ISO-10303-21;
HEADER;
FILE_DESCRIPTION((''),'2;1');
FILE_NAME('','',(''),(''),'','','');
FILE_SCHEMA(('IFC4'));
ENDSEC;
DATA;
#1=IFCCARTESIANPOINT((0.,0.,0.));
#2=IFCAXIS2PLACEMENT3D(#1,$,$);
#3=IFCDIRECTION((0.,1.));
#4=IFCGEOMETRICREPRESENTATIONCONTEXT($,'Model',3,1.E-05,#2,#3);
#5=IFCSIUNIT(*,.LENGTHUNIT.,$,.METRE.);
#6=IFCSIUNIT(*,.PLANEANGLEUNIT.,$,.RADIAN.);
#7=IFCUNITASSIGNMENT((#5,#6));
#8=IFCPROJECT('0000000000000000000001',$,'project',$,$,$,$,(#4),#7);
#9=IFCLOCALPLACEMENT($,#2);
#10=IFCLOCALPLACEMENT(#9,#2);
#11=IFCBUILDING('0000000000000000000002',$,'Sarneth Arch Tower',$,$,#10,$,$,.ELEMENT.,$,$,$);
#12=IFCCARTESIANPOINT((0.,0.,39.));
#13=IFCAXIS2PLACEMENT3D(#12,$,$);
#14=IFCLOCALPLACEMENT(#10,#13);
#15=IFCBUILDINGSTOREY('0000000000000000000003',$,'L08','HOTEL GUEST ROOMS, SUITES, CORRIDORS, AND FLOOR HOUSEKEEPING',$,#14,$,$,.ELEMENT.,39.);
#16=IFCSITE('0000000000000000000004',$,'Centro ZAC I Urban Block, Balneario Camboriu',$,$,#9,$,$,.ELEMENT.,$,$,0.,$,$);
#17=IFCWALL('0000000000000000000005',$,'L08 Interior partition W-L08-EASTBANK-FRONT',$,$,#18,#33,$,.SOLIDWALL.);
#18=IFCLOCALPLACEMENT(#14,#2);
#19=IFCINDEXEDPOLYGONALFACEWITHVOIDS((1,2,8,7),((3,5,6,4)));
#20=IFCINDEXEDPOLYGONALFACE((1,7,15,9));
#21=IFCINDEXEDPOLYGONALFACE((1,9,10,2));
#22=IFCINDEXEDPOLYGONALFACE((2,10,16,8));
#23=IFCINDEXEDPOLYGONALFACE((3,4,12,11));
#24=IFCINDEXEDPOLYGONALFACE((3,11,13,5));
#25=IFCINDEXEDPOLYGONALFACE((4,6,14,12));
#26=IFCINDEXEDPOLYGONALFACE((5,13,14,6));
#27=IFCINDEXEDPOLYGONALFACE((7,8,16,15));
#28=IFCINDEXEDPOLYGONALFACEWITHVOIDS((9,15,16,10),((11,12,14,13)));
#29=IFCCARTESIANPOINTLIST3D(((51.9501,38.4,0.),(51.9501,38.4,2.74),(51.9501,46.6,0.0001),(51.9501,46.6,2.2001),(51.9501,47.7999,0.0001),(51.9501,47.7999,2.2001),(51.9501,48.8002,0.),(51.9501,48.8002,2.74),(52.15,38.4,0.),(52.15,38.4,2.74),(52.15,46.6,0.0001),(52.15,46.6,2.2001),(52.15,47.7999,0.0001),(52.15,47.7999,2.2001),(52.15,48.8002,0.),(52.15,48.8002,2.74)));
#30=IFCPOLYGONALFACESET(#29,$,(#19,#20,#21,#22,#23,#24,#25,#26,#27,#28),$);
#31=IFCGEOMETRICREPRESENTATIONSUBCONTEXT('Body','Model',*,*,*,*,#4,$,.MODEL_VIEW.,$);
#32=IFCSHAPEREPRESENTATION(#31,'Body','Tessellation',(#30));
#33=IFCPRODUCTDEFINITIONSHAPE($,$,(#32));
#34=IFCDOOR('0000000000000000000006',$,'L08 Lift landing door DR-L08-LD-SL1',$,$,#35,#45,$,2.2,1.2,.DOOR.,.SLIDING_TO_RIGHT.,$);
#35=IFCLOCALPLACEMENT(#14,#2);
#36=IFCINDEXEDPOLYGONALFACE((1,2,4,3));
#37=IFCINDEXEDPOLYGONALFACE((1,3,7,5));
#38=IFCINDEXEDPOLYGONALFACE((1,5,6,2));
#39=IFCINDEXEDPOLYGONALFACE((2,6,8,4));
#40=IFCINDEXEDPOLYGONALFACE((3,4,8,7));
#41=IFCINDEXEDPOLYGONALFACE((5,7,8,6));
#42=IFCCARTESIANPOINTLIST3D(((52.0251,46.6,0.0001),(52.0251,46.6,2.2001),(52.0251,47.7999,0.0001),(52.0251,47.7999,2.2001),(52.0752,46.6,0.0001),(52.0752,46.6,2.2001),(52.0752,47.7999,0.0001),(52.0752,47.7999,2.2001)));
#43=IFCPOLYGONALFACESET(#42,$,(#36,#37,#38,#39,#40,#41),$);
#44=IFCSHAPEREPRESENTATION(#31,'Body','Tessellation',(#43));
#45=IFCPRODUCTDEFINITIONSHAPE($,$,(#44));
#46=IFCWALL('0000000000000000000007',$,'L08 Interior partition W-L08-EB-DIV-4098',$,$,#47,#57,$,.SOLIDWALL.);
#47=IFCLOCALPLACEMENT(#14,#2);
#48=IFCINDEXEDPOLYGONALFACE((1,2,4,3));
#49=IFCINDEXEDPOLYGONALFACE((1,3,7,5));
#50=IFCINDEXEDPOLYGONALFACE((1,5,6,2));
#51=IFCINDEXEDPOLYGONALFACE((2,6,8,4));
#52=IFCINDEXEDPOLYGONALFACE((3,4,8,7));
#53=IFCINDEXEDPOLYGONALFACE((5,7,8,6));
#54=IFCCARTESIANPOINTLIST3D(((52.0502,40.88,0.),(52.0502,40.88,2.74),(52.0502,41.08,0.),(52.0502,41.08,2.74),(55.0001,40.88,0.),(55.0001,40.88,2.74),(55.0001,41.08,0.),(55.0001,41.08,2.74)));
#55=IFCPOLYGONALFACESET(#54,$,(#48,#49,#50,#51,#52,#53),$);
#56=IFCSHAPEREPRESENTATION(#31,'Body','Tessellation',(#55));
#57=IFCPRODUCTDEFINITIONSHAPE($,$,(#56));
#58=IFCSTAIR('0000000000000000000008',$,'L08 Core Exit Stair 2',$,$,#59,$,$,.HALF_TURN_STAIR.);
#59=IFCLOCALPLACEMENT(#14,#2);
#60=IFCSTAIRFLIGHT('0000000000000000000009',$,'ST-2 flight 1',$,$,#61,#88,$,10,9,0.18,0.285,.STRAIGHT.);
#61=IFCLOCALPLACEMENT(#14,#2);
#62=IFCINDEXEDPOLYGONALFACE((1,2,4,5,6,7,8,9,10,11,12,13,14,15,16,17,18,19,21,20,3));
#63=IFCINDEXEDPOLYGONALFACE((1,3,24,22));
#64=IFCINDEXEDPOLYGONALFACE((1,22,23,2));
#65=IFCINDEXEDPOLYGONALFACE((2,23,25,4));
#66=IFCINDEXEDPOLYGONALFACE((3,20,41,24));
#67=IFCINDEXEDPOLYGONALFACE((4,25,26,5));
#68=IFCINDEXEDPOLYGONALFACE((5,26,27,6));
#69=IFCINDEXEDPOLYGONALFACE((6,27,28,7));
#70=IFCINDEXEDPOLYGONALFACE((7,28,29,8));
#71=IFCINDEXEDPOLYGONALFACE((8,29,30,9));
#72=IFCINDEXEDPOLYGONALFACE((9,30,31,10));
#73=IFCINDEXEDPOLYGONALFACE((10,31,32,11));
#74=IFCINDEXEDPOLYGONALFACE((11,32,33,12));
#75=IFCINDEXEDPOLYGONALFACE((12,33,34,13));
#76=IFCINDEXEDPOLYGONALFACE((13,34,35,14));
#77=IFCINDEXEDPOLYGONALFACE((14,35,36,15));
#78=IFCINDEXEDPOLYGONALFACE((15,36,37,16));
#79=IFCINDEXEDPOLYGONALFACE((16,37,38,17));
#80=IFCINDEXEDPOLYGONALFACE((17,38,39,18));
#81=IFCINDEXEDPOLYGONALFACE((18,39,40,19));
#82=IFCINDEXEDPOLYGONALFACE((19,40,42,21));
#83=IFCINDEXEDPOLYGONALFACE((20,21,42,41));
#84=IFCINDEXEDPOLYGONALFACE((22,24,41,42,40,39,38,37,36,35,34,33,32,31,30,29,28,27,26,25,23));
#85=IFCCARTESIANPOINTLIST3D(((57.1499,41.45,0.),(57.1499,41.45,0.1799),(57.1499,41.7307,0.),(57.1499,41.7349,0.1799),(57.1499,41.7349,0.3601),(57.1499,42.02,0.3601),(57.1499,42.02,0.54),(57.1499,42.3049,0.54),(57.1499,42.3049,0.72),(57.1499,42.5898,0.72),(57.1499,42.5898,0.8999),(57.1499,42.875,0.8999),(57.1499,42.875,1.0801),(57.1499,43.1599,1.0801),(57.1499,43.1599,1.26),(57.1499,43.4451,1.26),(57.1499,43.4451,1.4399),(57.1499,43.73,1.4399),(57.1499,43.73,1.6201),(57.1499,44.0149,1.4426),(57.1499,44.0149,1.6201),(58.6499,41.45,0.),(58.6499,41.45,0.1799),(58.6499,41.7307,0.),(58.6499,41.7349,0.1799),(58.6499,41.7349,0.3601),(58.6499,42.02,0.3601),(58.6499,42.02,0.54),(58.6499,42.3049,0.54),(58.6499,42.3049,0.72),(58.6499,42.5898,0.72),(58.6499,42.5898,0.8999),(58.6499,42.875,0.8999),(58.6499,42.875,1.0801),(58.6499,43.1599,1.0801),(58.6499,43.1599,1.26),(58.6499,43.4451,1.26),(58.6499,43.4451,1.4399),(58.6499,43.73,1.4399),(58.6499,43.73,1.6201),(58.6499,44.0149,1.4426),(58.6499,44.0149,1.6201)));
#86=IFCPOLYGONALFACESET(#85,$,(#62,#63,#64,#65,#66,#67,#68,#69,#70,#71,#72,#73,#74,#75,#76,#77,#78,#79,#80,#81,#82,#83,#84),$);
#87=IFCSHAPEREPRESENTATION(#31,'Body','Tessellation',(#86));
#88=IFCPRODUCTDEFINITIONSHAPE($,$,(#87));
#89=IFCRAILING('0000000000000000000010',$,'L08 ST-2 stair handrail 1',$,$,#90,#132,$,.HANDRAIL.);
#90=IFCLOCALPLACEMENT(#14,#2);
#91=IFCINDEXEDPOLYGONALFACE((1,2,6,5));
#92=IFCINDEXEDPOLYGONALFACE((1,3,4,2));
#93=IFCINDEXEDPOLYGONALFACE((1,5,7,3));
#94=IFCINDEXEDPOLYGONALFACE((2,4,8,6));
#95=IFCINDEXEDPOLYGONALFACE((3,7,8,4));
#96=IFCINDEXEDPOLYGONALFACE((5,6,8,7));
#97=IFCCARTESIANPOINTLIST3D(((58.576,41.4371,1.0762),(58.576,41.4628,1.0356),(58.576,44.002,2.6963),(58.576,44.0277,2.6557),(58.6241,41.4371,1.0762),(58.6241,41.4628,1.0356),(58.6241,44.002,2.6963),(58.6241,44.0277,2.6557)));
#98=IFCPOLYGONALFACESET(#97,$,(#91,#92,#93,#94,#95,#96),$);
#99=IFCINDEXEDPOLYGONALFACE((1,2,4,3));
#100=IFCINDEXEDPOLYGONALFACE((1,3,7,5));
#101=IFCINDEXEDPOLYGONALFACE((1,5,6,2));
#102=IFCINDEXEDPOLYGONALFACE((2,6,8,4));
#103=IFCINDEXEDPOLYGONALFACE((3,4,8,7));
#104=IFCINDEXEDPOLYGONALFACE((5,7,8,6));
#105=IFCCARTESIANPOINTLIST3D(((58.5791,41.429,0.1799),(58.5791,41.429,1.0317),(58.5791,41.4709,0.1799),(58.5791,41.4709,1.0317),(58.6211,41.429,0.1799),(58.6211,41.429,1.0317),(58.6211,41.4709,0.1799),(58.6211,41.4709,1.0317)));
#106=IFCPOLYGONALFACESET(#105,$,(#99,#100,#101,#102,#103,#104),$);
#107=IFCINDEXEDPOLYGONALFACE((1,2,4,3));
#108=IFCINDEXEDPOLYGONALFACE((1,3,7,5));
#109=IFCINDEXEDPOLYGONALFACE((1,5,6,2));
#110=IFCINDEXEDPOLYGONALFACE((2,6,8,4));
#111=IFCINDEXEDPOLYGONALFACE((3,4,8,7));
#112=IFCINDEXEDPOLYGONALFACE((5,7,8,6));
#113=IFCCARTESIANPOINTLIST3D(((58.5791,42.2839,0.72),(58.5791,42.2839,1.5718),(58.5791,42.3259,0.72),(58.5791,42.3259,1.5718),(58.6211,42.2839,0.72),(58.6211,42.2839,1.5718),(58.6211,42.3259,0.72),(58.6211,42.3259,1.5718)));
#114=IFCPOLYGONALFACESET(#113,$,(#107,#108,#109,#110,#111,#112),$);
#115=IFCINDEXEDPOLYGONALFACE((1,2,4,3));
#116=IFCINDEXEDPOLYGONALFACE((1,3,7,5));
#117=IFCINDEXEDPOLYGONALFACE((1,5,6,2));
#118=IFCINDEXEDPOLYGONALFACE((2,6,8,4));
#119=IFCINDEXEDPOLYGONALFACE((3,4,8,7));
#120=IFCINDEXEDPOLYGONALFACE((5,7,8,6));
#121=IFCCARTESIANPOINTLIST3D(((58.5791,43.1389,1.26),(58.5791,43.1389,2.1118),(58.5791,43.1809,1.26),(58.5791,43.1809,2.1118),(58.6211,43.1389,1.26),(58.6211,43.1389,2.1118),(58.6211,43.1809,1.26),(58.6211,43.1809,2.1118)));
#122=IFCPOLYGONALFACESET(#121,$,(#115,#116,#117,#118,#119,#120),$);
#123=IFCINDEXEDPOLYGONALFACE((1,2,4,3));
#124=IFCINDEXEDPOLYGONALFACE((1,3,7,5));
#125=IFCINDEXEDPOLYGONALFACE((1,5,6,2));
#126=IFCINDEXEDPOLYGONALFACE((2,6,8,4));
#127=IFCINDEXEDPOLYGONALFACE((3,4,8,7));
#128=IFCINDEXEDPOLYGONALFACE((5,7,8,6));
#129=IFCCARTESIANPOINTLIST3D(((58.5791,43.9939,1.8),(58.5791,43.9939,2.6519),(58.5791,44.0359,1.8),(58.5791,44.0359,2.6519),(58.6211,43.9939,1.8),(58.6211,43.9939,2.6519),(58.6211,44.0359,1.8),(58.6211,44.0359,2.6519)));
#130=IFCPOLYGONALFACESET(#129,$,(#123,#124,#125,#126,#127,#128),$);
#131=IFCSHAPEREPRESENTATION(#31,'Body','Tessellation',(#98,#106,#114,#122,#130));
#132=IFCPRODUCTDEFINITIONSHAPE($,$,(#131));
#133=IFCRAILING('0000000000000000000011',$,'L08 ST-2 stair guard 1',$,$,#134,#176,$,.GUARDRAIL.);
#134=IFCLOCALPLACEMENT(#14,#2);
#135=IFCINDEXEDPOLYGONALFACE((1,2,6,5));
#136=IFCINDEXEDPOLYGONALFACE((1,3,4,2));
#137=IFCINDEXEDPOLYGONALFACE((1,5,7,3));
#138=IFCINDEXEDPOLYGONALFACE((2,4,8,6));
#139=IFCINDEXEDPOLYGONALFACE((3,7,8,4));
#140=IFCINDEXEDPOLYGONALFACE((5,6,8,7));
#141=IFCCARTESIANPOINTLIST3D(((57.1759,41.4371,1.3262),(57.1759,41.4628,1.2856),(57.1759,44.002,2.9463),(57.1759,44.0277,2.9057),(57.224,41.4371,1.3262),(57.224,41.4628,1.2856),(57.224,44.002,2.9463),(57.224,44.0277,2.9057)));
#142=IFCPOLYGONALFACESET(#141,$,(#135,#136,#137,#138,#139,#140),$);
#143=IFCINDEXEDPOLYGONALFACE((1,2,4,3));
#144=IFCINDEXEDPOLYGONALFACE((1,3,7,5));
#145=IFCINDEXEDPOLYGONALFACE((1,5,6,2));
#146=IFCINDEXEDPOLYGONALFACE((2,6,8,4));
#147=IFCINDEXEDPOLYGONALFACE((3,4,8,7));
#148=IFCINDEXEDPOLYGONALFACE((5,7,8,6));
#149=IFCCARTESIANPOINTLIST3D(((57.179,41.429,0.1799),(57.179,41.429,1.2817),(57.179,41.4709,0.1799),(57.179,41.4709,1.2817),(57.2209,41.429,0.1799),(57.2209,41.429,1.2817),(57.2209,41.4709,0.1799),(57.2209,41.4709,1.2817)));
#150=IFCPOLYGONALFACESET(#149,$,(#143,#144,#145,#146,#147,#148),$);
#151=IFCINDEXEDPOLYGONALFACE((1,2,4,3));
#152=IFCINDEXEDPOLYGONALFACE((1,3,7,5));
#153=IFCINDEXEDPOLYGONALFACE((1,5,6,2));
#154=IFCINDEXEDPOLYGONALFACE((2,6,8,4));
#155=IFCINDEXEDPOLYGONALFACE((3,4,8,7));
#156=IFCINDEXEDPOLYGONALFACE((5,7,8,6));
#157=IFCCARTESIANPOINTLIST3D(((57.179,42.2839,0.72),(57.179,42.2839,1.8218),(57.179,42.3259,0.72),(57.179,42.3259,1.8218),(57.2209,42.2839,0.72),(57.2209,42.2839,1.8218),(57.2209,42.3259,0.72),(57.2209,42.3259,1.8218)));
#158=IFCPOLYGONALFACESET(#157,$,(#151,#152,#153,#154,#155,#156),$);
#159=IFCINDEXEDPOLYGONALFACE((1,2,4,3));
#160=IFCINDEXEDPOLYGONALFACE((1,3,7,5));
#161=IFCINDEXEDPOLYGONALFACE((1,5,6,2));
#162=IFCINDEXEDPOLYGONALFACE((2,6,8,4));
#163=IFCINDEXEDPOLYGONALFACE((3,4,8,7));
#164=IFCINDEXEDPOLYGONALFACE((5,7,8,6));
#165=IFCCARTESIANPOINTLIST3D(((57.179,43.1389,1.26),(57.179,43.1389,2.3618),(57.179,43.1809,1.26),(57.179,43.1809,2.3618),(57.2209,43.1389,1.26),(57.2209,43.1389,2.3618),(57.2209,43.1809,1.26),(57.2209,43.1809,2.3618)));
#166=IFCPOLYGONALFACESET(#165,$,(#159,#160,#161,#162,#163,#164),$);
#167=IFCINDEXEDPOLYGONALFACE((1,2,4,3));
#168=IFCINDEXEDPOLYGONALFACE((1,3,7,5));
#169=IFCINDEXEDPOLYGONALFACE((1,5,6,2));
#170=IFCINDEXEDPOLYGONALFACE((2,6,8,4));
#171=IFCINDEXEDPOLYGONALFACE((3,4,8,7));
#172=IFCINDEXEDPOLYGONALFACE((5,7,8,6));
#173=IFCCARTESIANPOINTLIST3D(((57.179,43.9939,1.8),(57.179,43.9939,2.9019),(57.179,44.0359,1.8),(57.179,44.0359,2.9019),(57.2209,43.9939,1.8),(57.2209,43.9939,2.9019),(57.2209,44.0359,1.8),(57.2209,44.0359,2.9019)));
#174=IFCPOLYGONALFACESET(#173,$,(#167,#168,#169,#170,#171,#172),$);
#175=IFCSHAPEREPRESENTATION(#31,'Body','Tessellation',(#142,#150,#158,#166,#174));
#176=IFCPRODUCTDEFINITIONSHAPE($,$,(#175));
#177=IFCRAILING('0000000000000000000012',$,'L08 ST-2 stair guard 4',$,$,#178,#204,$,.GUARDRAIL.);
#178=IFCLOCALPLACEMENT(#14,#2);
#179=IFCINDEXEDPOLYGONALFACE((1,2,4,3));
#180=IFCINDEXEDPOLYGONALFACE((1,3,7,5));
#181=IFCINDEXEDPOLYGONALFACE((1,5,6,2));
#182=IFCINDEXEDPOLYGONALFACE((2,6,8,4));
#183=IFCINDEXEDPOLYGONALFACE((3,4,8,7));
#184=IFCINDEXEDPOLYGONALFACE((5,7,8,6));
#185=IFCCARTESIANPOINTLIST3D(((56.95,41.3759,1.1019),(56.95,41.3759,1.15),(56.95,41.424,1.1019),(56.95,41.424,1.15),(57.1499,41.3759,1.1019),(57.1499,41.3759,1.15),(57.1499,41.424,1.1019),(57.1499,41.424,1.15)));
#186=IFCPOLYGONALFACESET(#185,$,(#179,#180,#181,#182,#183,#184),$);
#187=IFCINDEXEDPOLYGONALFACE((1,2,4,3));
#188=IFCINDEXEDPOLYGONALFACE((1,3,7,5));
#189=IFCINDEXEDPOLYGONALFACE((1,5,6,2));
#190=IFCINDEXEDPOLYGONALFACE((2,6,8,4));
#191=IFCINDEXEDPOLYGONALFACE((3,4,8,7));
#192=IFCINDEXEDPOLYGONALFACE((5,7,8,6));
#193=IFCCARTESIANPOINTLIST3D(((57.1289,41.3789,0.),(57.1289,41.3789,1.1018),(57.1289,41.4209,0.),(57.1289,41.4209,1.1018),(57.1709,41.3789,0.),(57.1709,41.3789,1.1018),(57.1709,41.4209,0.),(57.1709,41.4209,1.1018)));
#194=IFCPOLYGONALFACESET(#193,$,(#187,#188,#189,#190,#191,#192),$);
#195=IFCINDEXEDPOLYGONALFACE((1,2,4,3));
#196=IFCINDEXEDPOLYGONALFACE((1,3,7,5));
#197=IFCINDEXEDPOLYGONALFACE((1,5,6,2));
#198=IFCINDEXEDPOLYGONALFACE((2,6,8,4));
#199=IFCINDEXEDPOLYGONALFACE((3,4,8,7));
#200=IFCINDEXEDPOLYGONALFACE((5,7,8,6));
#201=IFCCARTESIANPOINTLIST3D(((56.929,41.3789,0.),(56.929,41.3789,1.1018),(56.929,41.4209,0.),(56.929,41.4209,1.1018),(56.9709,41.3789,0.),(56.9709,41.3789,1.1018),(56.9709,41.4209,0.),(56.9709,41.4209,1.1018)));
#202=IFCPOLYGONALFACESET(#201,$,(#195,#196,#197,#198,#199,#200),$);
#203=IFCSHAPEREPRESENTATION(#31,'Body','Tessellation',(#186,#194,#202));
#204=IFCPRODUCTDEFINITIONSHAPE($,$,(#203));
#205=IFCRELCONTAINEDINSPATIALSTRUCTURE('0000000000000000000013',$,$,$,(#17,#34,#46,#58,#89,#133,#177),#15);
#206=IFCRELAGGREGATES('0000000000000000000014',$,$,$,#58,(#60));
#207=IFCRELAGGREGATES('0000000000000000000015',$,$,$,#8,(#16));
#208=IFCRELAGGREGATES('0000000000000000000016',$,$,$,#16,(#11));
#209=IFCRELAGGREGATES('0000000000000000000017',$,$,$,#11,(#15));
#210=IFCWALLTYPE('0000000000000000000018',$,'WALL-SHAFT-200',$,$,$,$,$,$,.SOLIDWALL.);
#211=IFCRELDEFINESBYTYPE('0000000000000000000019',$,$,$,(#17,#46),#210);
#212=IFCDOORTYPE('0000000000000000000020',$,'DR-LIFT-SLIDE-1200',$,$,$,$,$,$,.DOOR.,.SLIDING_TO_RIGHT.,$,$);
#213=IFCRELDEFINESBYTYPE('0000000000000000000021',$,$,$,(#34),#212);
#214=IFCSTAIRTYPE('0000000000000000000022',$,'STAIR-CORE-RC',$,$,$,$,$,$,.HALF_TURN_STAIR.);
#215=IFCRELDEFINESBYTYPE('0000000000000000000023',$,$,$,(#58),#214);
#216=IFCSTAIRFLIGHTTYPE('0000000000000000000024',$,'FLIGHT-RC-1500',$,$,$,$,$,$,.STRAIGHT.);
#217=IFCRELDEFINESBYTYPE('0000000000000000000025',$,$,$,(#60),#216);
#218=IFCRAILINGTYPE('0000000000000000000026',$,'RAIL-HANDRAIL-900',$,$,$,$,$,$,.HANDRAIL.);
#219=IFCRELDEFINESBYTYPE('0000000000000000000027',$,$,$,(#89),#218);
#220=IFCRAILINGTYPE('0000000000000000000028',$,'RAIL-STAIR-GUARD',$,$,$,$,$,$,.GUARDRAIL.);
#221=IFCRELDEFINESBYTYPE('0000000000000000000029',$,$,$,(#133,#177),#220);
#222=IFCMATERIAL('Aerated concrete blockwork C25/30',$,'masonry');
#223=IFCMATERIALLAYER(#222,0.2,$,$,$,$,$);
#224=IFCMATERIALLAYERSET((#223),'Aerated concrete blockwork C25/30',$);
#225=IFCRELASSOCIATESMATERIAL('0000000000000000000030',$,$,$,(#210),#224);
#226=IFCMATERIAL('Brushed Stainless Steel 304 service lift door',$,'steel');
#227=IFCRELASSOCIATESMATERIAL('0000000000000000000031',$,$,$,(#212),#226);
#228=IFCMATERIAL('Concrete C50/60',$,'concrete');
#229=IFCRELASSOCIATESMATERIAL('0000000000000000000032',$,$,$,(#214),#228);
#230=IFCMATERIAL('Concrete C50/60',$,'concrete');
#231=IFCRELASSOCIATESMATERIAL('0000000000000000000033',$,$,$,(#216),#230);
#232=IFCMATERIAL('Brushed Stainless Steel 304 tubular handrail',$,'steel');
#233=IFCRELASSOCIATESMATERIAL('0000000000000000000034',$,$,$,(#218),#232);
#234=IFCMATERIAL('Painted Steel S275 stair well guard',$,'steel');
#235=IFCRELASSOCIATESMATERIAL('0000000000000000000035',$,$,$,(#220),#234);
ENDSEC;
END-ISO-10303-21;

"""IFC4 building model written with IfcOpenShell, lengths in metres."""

from ifc_helpers import new_model, si_unit, direction, frame, frame_2d, origin, origin_2d, place, context, subcontext, project, spatial, polyline, rectangle, outline, extrude, material, layer, layer_set, type_object, element, fill, aggregate, save


model = new_model("IFC4")

# Units and contexts
model_context = context("Model", 3, precision=1e-05, world=origin(), true_north=direction((0.0, 1.0)))
body_context = subcontext(model_context, "Body", "Model", "MODEL_VIEW")
ifc_project = project(units=[si_unit("LENGTHUNIT", "METRE"), si_unit("PLANEANGLEUNIT", "RADIAN")], contexts=[model_context])

# Site, building, storey
site_placement = place(None, origin())
site = spatial("IfcSite", under=ifc_project, at=site_placement, Name="Centro ZAC I Urban Block, Balneario Camboriu", CompositionType="ELEMENT", RefElevation=0.0)
building_placement = place(site_placement, origin())
building = spatial("IfcBuilding", under=site, at=building_placement, Name="Sarneth Arch Tower", CompositionType="ELEMENT")
storey_placement = place(building_placement, frame((0.0, 0.0, 39.0)))
storey = spatial("IfcBuildingStorey", under=building, at=storey_placement, Name="L08", Description="HOTEL GUEST ROOMS, SUITES, CORRIDORS, AND FLOOR HOUSEKEEPING", CompositionType="ELEMENT", Elevation=39.0)

# Shared definitions
ifc_material_1 = material(Name="Aerated concrete blockwork C25/30", Category="masonry")
ifc_layer_1 = layer(ifc_material_1, 0.2)
ifc_layer_set_1 = layer_set([ifc_layer_1], Name="Aerated concrete blockwork C25/30")
wall_type_1 = type_object("IfcWallType", Name="WALL-SHAFT-200", PredefinedType="SOLIDWALL", material=ifc_layer_set_1)

# Wall, opening, door
wall_1_placement = place(storey_placement, frame((52.05, 38.3999, 0.0), z_axis=(0.0, 0.0, 1.0), x_axis=(0.0, 1.0, 0.0)))
wall_1 = element("IfcWall", 1, at=wall_1_placement, inside=storey, type_object=wall_type_1, Name="L08 Interior partition W-L08-EASTBANK-FRONT", PredefinedType="SOLIDWALL", context=body_context, shape_type="SweptSolid", body=[
    extrude(rectangle(XDim=10.4001, YDim=0.2, at=frame_2d((5.2002, 0.0))), origin(), (0.0, 0.0, 1.0), 2.74),
])
opening_1_placement = place(wall_1_placement, frame((8.2, 0.0, 0.0)))
opening_1 = element("IfcOpeningElement", 2, at=opening_1_placement, cuts=wall_1, PredefinedType="OPENING", context=body_context, shape_type="SweptSolid", body=[
    extrude(rectangle(XDim=1.2, YDim=2.2, at=frame_2d((0.6001, 1.1001))), frame((0.0, 0.1099, 0.0), z_axis=(0.0, -1.0, 0.0), x_axis=(1.0, 0.0, 0.0)), (0.0, 0.0, 1.0), 0.22),
])
ifc_material_2 = material(Name="Brushed Stainless Steel 304 service lift door", Category="steel")
door_type_1 = type_object("IfcDoorType", Name="DR-LIFT-SLIDE-1200", OperationType="SLIDING_TO_RIGHT", PredefinedType="DOOR", material=ifc_material_2)
door_1_placement = place(opening_1_placement, origin())
door_1 = element("IfcDoor", 3, at=door_1_placement, inside=storey, type_object=door_type_1, Name="L08 Lift landing door DR-L08-LD-SL1", OperationType="SLIDING_TO_RIGHT", OverallHeight=2.2, OverallWidth=1.2, PredefinedType="DOOR", context=body_context, shape_type="SweptSolid", body=[
    extrude(rectangle(XDim=1.2, YDim=2.2, at=frame_2d((0.6001, 1.1001))), frame((0.0, 0.0249, 0.0), z_axis=(0.0, -1.0, 0.0), x_axis=(1.0, 0.0, 0.0)), (0.0, 0.0, 1.0), 0.05),
])
fill(opening_1, door_1)

# Wall
wall_2_placement = place(storey_placement, frame((52.05, 40.98, 0.0), z_axis=(0.0, 0.0, 1.0), x_axis=(1.0, 0.0, 0.0)))
element("IfcWall", 4, at=wall_2_placement, inside=storey, type_object=wall_type_1, Name="L08 Interior partition W-L08-EB-DIV-4098", PredefinedType="SOLIDWALL", context=body_context, shape_type="SweptSolid", body=[
    extrude(rectangle(XDim=2.95, YDim=0.2, at=frame_2d((1.4751, 0.0))), origin(), (0.0, 0.0, 1.0), 2.74),
])

# Stair, stair flight
ifc_material_3 = material(Name="Concrete C50/60", Category="concrete")
stair_type = type_object("IfcStairType", Name="STAIR-CORE-RC", PredefinedType="HALF_TURN_STAIR", material=ifc_material_3)
stair_placement = place(storey_placement, origin())
stair = element("IfcStair", 5, at=stair_placement, inside=storey, type_object=stair_type, Name="L08 Core Exit Stair 2", PredefinedType="HALF_TURN_STAIR")
ifc_material_4 = material(Name="Concrete C50/60", Category="concrete")
stair_flight_type = type_object("IfcStairFlightType", Name="FLIGHT-RC-1500", PredefinedType="STRAIGHT", material=ifc_material_4)
stair_flight_placement = place(storey_placement, frame((57.8999, 41.45, 0.0), z_axis=(0.0, 0.0, 1.0), x_axis=(0.0, 1.0, 0.0)))
stair_flight = element("IfcStairFlight", 6, at=stair_flight_placement, type_object=stair_flight_type, Name="ST-2 flight 1", NumberOfRisers=10, NumberOfTreads=9, PredefinedType="STRAIGHT", RiserHeight=0.18, TreadLength=0.285, context=body_context, shape_type="SweptSolid", body=[
    extrude(outline(polyline([(0.0, 0.0), (0.0, 0.1799), (0.2849, 0.1799), (0.2849, 0.3601), (0.5701, 0.3601), (0.5701, 0.54), (0.855, 0.54), (0.855, 0.72), (1.1399, 0.72), (1.1399, 0.8999), (1.425, 0.8999), (1.425, 1.0801), (1.71, 1.0801), (1.71, 1.26), (1.9951, 1.26), (1.9951, 1.4399), (2.28, 1.4399), (2.28, 1.6201), (2.5649, 1.6201), (2.5649, 1.8), (2.5649, 1.4426), (0.2808, 0.0), (0.0, 0.0)])), frame((0.0, 0.75, 0.0), z_axis=(0.0, -1.0, 0.0), x_axis=(1.0, 0.0, 0.0)), (0.0, 0.0, 1.0), 1.5),
])
aggregate(stair, [stair_flight])

# Railings
ifc_material_5 = material(Name="Brushed Stainless Steel 304 tubular handrail", Category="steel")
railing_type_1 = type_object("IfcRailingType", Name="RAIL-HANDRAIL-900", PredefinedType="HANDRAIL", material=ifc_material_5)
railing_1_placement = place(storey_placement, frame((58.6001, 41.45, 0.1799)))
element("IfcRailing", 7, at=railing_1_placement, inside=storey, type_object=railing_type_1, Name="L08 ST-2 stair handrail 1", PredefinedType="HANDRAIL", context=body_context, shape_type="SweptSolid", body=[
    extrude(rectangle(XDim=0.0481, YDim=0.0481, at=origin_2d()), frame((0.0, 0.0, 0.876), z_axis=(0.0, 0.845466, 0.534029), x_axis=(-1.0, 0.0, 0.0)), (0.0, 0.0, 1.0), 3.0337),
    extrude(rectangle(XDim=0.042, YDim=0.042, at=origin_2d()), origin(), (0.0, 0.0, 1.0), 0.8518),
    extrude(rectangle(XDim=0.042, YDim=0.042, at=origin_2d()), frame((0.0, 0.855, 0.54)), (0.0, 0.0, 1.0), 0.8518),
    extrude(rectangle(XDim=0.042, YDim=0.042, at=origin_2d()), frame((0.0, 1.71, 1.0801)), (0.0, 0.0, 1.0), 0.8518),
    extrude(rectangle(XDim=0.042, YDim=0.042, at=origin_2d()), frame((0.0, 2.5649, 1.6201)), (0.0, 0.0, 1.0), 0.8518),
])
ifc_material_6 = material(Name="Painted Steel S275 stair well guard", Category="steel")
railing_type_2 = type_object("IfcRailingType", Name="RAIL-STAIR-GUARD", PredefinedType="GUARDRAIL", material=ifc_material_6)
railing_2_placement = place(storey_placement, frame((57.2, 41.45, 0.1799)))
element("IfcRailing", 8, at=railing_2_placement, inside=storey, type_object=railing_type_2, Name="L08 ST-2 stair guard 1", PredefinedType="GUARDRAIL", context=body_context, shape_type="SweptSolid", body=[
    extrude(rectangle(XDim=0.0481, YDim=0.0481, at=origin_2d()), frame((0.0, 0.0, 1.126), z_axis=(0.0, 0.845466, 0.534029), x_axis=(-1.0, 0.0, 0.0)), (0.0, 0.0, 1.0), 3.0337),
    extrude(rectangle(XDim=0.042, YDim=0.042, at=origin_2d()), origin(), (0.0, 0.0, 1.0), 1.1018),
    extrude(rectangle(XDim=0.042, YDim=0.042, at=origin_2d()), frame((0.0, 0.855, 0.54)), (0.0, 0.0, 1.0), 1.1018),
    extrude(rectangle(XDim=0.042, YDim=0.042, at=origin_2d()), frame((0.0, 1.71, 1.0801)), (0.0, 0.0, 1.0), 1.1018),
    extrude(rectangle(XDim=0.042, YDim=0.042, at=origin_2d()), frame((0.0, 2.5649, 1.6201)), (0.0, 0.0, 1.0), 1.1018),
])
railing_3_placement = place(storey_placement, frame((57.1499, 41.3999, 0.0)))
element("IfcRailing", 9, at=railing_3_placement, inside=storey, type_object=railing_type_2, Name="L08 ST-2 stair guard 4", PredefinedType="GUARDRAIL", context=body_context, shape_type="SweptSolid", body=[
    extrude(rectangle(XDim=0.0481, YDim=0.0481, at=origin_2d()), frame((0.0, 0.0, 1.126), z_axis=(-1.0, 0.0, 0.0), x_axis=(0.0, -1.0, 0.0)), (0.0, 0.0, 1.0), 0.2),
    extrude(rectangle(XDim=0.042, YDim=0.042, at=origin_2d()), origin(), (0.0, 0.0, 1.0), 1.1018),
    extrude(rectangle(XDim=0.042, YDim=0.042, at=origin_2d()), frame((-0.2, 0.0, 0.0)), (0.0, 0.0, 1.0), 1.1018),
])

save(model, "model.ifc")
